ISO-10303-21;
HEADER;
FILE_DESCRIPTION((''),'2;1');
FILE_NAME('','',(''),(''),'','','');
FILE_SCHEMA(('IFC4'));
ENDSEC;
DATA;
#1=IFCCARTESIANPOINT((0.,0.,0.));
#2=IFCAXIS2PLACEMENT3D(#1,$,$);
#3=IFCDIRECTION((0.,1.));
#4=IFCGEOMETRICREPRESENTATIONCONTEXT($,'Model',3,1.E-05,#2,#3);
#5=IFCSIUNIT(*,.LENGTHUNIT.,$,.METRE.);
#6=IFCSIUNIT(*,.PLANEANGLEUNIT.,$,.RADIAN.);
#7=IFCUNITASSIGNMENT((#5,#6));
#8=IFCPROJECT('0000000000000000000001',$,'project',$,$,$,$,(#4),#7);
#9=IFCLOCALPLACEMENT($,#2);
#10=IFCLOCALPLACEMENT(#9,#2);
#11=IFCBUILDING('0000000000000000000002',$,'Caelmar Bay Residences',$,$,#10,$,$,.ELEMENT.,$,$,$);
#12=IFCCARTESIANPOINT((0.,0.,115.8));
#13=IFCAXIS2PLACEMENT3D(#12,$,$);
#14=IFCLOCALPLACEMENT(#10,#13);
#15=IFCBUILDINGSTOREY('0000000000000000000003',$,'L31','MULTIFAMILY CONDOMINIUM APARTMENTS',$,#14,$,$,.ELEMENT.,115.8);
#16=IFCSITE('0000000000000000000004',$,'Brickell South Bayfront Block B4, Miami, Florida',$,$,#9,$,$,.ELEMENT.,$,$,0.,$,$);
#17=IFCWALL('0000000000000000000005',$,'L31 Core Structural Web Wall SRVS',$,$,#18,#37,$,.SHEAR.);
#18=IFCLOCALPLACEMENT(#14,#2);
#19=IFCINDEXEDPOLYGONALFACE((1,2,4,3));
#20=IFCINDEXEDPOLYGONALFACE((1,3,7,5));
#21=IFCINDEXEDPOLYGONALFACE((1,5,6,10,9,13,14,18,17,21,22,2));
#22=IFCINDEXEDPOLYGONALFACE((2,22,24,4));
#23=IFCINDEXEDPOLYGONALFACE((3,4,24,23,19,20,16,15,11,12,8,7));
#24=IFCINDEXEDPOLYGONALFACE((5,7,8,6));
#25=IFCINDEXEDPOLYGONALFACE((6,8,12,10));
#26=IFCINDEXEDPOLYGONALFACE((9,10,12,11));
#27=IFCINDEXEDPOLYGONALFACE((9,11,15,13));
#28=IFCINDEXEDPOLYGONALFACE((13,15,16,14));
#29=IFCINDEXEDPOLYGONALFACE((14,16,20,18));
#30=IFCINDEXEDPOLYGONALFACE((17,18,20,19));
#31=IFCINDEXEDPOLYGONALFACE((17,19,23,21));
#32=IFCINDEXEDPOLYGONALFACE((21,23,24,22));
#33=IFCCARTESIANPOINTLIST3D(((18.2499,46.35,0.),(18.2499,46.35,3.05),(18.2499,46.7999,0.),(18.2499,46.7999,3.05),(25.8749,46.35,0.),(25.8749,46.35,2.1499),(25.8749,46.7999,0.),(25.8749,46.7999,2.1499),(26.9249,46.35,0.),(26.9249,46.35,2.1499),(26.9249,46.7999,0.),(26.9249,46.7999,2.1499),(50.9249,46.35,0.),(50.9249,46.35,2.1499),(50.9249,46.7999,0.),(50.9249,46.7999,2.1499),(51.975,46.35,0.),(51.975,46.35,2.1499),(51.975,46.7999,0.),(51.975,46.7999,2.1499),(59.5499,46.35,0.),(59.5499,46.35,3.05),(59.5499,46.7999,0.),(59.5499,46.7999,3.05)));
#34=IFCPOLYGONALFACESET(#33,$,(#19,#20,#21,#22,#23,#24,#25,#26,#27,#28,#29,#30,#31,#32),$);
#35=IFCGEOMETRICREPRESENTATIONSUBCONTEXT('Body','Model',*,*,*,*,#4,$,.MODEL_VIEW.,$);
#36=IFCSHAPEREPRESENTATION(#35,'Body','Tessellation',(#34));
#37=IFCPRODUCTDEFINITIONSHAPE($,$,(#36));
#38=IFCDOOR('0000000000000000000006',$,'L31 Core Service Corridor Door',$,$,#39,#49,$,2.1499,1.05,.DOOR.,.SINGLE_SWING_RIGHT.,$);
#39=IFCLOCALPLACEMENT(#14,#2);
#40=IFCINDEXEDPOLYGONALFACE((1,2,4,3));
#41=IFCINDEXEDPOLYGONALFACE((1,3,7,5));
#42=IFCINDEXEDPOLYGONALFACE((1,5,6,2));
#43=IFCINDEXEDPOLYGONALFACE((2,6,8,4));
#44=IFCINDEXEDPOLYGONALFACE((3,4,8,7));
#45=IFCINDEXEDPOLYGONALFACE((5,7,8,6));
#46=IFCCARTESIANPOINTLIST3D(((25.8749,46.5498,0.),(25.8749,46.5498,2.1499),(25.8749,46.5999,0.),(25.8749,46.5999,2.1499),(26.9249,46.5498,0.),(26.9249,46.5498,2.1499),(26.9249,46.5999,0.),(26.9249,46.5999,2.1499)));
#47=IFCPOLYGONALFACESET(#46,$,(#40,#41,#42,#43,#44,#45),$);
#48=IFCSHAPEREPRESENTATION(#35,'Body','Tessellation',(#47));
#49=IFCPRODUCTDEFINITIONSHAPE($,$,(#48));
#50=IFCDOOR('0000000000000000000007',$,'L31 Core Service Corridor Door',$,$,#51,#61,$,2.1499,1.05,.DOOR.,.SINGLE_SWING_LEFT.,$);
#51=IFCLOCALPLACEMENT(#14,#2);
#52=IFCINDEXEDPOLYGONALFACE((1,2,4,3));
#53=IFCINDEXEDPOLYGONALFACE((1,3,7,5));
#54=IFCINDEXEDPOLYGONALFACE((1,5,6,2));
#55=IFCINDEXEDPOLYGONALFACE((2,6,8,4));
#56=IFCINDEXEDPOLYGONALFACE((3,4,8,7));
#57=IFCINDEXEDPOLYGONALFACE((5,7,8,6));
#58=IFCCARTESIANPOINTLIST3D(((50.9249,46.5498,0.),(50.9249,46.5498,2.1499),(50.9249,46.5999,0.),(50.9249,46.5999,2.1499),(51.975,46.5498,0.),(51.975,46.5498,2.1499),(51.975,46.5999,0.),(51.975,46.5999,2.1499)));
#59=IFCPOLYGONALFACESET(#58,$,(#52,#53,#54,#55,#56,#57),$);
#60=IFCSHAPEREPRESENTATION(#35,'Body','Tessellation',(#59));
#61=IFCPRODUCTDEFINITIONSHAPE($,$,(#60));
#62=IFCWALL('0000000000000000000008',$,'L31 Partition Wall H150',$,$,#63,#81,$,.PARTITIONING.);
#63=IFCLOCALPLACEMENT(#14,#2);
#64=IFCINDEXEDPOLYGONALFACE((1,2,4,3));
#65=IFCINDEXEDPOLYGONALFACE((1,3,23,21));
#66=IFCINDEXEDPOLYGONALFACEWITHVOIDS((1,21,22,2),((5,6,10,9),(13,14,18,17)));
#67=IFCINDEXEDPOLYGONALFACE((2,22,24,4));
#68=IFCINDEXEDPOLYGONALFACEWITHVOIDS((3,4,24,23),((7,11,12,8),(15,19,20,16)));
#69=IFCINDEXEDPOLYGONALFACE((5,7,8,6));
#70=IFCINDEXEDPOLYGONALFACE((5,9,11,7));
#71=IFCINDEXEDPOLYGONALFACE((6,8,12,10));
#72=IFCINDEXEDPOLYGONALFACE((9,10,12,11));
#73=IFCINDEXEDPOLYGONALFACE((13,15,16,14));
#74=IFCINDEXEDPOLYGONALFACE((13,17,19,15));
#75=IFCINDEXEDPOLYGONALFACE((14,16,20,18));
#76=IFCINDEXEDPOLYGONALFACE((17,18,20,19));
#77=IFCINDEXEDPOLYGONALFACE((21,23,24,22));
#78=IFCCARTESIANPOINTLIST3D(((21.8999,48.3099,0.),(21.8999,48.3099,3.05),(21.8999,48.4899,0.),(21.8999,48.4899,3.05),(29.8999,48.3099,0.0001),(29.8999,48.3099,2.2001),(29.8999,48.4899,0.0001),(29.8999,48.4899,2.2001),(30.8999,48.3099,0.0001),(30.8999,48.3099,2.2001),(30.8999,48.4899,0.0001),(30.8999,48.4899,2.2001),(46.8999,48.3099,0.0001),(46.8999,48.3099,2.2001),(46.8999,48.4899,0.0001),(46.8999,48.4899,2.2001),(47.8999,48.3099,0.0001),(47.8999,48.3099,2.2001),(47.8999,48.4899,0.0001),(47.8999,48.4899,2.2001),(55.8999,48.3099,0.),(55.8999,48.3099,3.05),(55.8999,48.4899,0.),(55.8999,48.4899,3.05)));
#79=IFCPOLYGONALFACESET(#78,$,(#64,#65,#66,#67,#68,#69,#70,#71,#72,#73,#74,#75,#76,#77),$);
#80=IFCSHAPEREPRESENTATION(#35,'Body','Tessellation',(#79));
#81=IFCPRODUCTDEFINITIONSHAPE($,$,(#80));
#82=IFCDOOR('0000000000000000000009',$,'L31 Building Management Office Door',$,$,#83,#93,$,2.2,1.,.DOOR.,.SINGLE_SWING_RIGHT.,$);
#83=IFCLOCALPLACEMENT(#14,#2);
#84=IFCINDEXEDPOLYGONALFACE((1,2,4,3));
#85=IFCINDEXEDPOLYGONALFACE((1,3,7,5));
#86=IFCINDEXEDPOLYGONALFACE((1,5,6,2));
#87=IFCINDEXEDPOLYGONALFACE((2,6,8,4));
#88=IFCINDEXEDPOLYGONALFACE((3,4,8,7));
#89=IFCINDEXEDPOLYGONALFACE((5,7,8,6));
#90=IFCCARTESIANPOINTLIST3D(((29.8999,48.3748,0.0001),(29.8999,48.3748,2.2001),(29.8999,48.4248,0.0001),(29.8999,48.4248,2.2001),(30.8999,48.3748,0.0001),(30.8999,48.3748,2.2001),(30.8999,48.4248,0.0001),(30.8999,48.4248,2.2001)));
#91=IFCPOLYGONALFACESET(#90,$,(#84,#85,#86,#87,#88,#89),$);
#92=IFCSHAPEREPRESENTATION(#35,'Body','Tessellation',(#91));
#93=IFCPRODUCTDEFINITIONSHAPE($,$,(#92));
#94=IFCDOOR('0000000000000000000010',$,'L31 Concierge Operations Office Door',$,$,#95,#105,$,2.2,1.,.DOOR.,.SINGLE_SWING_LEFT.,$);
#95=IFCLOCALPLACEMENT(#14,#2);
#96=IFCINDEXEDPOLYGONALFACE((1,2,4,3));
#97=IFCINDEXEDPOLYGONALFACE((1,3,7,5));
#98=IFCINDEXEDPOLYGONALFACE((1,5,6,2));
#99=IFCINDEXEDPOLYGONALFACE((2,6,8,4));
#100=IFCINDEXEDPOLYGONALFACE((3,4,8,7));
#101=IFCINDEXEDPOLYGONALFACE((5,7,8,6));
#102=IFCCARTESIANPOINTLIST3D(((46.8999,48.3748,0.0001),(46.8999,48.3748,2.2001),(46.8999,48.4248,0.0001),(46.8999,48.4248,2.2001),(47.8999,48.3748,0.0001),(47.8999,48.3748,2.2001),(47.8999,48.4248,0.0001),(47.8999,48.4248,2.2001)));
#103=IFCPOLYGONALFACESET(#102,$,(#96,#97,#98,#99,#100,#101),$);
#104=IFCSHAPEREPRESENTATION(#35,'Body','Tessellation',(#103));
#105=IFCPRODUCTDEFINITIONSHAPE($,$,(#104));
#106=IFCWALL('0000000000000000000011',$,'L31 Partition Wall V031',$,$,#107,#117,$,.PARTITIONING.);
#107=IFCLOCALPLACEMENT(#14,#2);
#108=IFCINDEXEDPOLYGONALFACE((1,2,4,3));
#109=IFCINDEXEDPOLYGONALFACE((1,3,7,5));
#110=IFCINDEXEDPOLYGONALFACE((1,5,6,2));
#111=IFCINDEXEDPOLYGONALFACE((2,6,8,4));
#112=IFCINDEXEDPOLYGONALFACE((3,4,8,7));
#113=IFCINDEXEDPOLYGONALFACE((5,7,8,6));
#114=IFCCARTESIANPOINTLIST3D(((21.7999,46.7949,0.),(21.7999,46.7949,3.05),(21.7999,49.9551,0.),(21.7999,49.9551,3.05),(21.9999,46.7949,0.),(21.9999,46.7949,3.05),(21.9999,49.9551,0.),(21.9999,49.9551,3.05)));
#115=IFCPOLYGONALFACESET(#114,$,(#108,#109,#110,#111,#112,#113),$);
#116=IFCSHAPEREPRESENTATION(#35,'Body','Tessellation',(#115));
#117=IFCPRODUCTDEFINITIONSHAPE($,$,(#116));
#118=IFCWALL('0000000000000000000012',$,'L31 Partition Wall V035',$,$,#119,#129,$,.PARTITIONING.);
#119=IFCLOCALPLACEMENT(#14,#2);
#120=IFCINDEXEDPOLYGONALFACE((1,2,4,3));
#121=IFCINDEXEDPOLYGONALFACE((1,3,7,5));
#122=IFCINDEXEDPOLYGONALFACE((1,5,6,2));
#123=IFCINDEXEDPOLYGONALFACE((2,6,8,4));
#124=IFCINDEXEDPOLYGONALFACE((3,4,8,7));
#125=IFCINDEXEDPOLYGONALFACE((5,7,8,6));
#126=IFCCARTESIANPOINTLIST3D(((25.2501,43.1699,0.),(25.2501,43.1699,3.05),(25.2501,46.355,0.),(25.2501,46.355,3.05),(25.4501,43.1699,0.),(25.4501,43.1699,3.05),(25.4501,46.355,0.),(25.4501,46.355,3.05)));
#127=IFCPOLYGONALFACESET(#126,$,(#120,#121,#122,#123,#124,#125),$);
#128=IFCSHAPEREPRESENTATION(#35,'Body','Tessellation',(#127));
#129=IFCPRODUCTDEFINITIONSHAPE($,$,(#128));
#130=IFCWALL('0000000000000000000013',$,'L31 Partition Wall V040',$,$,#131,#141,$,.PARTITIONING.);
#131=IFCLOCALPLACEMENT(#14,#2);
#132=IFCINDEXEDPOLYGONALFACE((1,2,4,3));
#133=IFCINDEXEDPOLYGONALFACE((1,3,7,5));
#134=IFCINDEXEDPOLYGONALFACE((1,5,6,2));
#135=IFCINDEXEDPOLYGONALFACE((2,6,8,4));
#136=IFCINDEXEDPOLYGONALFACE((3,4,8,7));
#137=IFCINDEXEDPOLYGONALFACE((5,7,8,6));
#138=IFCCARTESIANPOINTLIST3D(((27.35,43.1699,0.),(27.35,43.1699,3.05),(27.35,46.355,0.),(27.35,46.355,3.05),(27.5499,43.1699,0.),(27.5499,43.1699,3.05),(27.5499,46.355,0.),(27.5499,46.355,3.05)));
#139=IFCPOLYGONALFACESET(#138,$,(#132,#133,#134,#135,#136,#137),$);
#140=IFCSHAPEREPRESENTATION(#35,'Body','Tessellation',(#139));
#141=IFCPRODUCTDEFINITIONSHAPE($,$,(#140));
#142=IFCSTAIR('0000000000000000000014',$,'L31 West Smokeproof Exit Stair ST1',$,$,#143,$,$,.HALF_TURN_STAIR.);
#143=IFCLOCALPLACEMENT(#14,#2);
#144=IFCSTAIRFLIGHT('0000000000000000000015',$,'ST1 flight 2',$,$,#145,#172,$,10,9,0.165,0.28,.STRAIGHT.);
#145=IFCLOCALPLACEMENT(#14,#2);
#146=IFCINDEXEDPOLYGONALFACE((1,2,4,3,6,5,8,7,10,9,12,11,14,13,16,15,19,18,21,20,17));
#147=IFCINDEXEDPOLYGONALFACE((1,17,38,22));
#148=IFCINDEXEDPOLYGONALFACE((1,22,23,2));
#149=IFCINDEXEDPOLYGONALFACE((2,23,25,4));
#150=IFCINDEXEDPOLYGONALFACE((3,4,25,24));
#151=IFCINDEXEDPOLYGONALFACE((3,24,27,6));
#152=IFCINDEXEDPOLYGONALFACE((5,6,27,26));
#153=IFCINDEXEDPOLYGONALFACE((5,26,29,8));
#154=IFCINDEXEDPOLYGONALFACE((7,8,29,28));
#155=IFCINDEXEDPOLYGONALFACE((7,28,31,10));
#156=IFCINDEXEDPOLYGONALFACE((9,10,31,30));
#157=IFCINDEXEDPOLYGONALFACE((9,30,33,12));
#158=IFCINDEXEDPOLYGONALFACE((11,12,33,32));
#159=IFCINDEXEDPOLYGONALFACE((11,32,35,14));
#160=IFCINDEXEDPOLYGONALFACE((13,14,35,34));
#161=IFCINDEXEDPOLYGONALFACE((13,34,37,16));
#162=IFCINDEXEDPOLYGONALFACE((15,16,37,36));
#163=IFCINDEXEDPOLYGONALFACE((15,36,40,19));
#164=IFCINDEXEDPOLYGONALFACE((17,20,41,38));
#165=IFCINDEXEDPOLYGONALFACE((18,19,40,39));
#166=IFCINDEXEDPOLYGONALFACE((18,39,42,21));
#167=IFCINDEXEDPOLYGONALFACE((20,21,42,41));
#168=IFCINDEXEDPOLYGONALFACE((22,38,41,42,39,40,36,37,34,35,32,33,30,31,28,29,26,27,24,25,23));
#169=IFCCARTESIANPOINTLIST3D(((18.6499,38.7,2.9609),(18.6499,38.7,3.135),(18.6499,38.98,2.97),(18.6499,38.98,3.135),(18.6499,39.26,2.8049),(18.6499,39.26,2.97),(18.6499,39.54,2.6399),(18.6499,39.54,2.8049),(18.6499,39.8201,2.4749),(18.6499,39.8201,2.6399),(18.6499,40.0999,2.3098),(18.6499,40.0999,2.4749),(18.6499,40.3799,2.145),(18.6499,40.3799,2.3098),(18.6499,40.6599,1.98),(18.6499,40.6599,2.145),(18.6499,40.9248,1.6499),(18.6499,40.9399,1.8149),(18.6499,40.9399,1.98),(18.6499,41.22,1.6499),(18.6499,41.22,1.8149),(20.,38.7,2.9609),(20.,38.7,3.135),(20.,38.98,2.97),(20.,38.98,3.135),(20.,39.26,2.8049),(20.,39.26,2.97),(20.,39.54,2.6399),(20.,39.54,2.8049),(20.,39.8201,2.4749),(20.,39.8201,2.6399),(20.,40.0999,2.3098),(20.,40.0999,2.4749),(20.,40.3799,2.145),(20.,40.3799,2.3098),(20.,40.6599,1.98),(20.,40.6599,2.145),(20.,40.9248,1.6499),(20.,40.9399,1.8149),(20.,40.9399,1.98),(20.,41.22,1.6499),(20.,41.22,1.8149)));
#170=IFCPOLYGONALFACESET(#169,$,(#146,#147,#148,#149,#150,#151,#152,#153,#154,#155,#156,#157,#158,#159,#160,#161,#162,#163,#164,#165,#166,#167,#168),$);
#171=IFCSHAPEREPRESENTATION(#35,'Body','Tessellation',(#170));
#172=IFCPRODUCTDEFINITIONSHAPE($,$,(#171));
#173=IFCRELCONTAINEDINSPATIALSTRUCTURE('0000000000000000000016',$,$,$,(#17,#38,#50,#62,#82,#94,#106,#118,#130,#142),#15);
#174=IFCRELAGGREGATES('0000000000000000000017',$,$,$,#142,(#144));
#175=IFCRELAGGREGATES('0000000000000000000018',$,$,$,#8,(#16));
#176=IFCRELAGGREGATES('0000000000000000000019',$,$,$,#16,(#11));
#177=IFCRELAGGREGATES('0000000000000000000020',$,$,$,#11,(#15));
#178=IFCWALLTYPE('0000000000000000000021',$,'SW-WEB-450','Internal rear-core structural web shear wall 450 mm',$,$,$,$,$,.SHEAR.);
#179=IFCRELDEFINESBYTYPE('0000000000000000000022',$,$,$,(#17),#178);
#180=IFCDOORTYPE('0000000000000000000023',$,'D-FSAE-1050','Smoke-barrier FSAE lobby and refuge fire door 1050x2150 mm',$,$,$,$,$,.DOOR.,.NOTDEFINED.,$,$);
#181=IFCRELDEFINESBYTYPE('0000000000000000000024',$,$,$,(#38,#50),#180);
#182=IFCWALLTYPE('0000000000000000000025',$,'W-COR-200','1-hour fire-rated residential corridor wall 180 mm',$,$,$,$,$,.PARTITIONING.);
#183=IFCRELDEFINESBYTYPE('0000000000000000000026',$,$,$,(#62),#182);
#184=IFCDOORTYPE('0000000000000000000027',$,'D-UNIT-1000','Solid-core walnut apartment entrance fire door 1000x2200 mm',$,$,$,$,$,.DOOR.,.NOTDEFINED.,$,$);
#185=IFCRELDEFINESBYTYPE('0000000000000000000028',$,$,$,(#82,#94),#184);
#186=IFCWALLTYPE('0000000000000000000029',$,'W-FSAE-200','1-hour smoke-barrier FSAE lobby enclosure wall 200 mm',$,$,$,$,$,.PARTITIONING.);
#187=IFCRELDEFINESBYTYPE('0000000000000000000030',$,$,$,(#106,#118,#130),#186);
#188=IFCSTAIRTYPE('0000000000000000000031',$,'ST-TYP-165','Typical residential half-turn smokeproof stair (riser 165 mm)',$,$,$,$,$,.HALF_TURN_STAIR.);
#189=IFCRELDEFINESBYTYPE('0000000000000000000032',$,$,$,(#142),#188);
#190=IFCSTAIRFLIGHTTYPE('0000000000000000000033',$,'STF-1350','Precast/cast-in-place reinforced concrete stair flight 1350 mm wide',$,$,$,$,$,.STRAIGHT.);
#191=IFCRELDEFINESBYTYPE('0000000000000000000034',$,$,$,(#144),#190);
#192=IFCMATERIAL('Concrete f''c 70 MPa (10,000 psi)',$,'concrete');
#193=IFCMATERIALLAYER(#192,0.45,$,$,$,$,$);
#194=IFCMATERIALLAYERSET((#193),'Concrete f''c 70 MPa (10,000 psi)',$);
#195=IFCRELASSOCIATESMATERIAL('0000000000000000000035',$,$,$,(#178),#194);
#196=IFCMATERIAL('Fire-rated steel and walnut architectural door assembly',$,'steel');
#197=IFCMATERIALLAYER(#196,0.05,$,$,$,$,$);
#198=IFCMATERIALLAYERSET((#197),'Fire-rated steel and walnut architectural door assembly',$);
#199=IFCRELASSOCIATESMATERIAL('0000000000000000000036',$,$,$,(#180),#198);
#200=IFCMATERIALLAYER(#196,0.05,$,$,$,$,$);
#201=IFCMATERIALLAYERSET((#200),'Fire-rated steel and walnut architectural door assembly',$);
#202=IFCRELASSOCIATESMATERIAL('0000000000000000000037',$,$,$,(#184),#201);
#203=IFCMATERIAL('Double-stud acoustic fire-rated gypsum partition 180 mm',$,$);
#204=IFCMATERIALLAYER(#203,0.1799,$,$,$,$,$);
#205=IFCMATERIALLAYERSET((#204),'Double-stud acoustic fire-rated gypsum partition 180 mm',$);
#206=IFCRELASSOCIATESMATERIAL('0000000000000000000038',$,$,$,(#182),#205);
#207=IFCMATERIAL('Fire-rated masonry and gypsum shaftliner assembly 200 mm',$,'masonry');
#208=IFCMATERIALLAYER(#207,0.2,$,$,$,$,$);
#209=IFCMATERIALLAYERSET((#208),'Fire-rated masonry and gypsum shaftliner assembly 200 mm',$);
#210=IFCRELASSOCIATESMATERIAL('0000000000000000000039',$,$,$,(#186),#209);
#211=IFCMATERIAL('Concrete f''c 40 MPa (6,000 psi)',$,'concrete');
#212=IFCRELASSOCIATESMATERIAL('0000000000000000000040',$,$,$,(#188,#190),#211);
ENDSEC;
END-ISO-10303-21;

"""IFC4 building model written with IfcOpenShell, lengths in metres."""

from ifc_helpers import new_model, si_unit, direction, frame, frame_2d, origin, place, context, subcontext, project, spatial, polyline, rectangle, outline, extrude, material, layer, layer_set, type_object, element, fill, aggregate, save


model = new_model("IFC4")

# Units and contexts
model_context = context("Model", 3, precision=1e-05, world=origin(), true_north=direction((0.0, 1.0)))
body_context = subcontext(model_context, "Body", "Model", "MODEL_VIEW")
ifc_project = project(units=[si_unit("LENGTHUNIT", "METRE"), si_unit("PLANEANGLEUNIT", "RADIAN")], contexts=[model_context])

# Site, building, storey
site_placement = place(None, origin())
site = spatial("IfcSite", under=ifc_project, at=site_placement, Name="Brickell South Bayfront Block B4, Miami, Florida", CompositionType="ELEMENT", RefElevation=0.0)
building_placement = place(site_placement, origin())
building = spatial("IfcBuilding", under=site, at=building_placement, Name="Caelmar Bay Residences", CompositionType="ELEMENT")
storey_placement = place(building_placement, frame((0.0, 0.0, 115.8)))
storey = spatial("IfcBuildingStorey", under=building, at=storey_placement, Name="L31", Description="MULTIFAMILY CONDOMINIUM APARTMENTS", CompositionType="ELEMENT", Elevation=115.8)

# Walls, openings, doors
ifc_material_1 = material(Name="Concrete f'c 70 MPa (10,000 psi)", Category="concrete")
ifc_layer_1 = layer(ifc_material_1, 0.45)
ifc_layer_set_1 = layer_set([ifc_layer_1], Name="Concrete f'c 70 MPa (10,000 psi)")
wall_type_1 = type_object("IfcWallType", Name="SW-WEB-450", Description="Internal rear-core structural web shear wall 450 mm", PredefinedType="SHEAR", material=ifc_layer_set_1)
ifc_material_2 = material(Name="Fire-rated steel and walnut architectural door assembly", Category="steel")
ifc_layer_2 = layer(ifc_material_2, 0.05)
ifc_layer_set_2 = layer_set([ifc_layer_2], Name="Fire-rated steel and walnut architectural door assembly")
door_type_1 = type_object("IfcDoorType", Name="D-FSAE-1050", Description="Smoke-barrier FSAE lobby and refuge fire door 1050x2150 mm", OperationType="NOTDEFINED", PredefinedType="DOOR", material=ifc_layer_set_2)
ifc_layer_3 = layer(ifc_material_2, 0.05)
ifc_layer_set_3 = layer_set([ifc_layer_3], Name="Fire-rated steel and walnut architectural door assembly")
door_type_2 = type_object("IfcDoorType", Name="D-UNIT-1000", Description="Solid-core walnut apartment entrance fire door 1000x2200 mm", OperationType="NOTDEFINED", PredefinedType="DOOR", material=ifc_layer_set_3)
wall_1_placement = place(storey_placement, frame((18.25, 46.575, 0.0), z_axis=(0.0, 0.0, 1.0), x_axis=(1.0, 0.0, 0.0)))
wall_1 = element("IfcWall", 1, at=wall_1_placement, inside=storey, type_object=wall_type_1, Name="L31 Core Structural Web Wall SRVS", PredefinedType="SHEAR", context=body_context, shape_type="SweptSolid", body=[
    extrude(rectangle(XDim=41.3, YDim=0.45, at=frame_2d((20.6499, 0.0))), origin(), (0.0, 0.0, 1.0), 3.05),
])
opening_1_placement = place(wall_1_placement, frame((7.625, 0.0, 0.0)))
opening_1 = element("IfcOpeningElement", 2, at=opening_1_placement, cuts=wall_1, PredefinedType="OPENING", context=body_context, shape_type="SweptSolid", body=[
    extrude(rectangle(XDim=1.05, YDim=2.1499, at=frame_2d((0.5249, 1.075))), frame((0.0, 0.2349, 0.0), z_axis=(0.0, -1.0, 0.0), x_axis=(1.0, 0.0, 0.0)), (0.0, 0.0, 1.0), 0.47),
])
opening_2_placement = place(wall_1_placement, frame((32.675, 0.0, 0.0)))
opening_2 = element("IfcOpeningElement", 3, at=opening_2_placement, cuts=wall_1, PredefinedType="OPENING", context=body_context, shape_type="SweptSolid", body=[
    extrude(rectangle(XDim=1.05, YDim=2.1499, at=frame_2d((0.5249, 1.075))), frame((0.0, 0.2349, 0.0), z_axis=(0.0, -1.0, 0.0), x_axis=(1.0, 0.0, 0.0)), (0.0, 0.0, 1.0), 0.47),
])
door_1_placement = place(opening_1_placement, origin())
door_1 = element("IfcDoor", 4, at=door_1_placement, inside=storey, type_object=door_type_1, Name="L31 Core Service Corridor Door", OperationType="SINGLE_SWING_RIGHT", OverallHeight=2.1499, OverallWidth=1.05, PredefinedType="DOOR", context=body_context, shape_type="SweptSolid", body=[
    extrude(rectangle(XDim=1.05, YDim=2.1499, at=frame_2d((0.5249, 1.075))), frame((0.0, 0.0249, 0.0), z_axis=(0.0, -1.0, 0.0), x_axis=(1.0, 0.0, 0.0)), (0.0, 0.0, 1.0), 0.05),
])
fill(opening_1, door_1)
door_2_placement = place(opening_2_placement, origin())
door_2 = element("IfcDoor", 5, at=door_2_placement, inside=storey, type_object=door_type_1, Name="L31 Core Service Corridor Door", OperationType="SINGLE_SWING_LEFT", OverallHeight=2.1499, OverallWidth=1.05, PredefinedType="DOOR", context=body_context, shape_type="SweptSolid", body=[
    extrude(rectangle(XDim=1.05, YDim=2.1499, at=frame_2d((0.5249, 1.075))), frame((0.0, 0.0249, 0.0), z_axis=(0.0, -1.0, 0.0), x_axis=(1.0, 0.0, 0.0)), (0.0, 0.0, 1.0), 0.05),
])
fill(opening_2, door_2)
ifc_material_3 = material(Name="Double-stud acoustic fire-rated gypsum partition 180 mm")
ifc_layer_4 = layer(ifc_material_3, 0.1799)
ifc_layer_set_4 = layer_set([ifc_layer_4], Name="Double-stud acoustic fire-rated gypsum partition 180 mm")
wall_type_2 = type_object("IfcWallType", Name="W-COR-200", Description="1-hour fire-rated residential corridor wall 180 mm", PredefinedType="PARTITIONING", material=ifc_layer_set_4)
wall_2_placement = place(storey_placement, frame((21.8999, 48.3999, 0.0), z_axis=(0.0, 0.0, 1.0), x_axis=(1.0, 0.0, 0.0)))
wall_2 = element("IfcWall", 6, at=wall_2_placement, inside=storey, type_object=wall_type_2, Name="L31 Partition Wall H150", PredefinedType="PARTITIONING", context=body_context, shape_type="SweptSolid", body=[
    extrude(rectangle(XDim=34.0, YDim=0.1799, at=frame_2d((17.0, 0.0))), origin(), (0.0, 0.0, 1.0), 3.05),
])
opening_3_placement = place(wall_2_placement, frame((8.0, 0.0, 0.0)))
opening_3 = element("IfcOpeningElement", 7, at=opening_3_placement, cuts=wall_2, PredefinedType="OPENING", context=body_context, shape_type="SweptSolid", body=[
    extrude(rectangle(XDim=1.0, YDim=2.2, at=frame_2d((0.5, 1.1001))), frame((0.0, 0.0999, 0.0), z_axis=(0.0, -1.0, 0.0), x_axis=(1.0, 0.0, 0.0)), (0.0, 0.0, 1.0), 0.2),
])
opening_4_placement = place(wall_2_placement, frame((25.0, 0.0, 0.0)))
opening_4 = element("IfcOpeningElement", 8, at=opening_4_placement, cuts=wall_2, PredefinedType="OPENING", context=body_context, shape_type="SweptSolid", body=[
    extrude(rectangle(XDim=1.0, YDim=2.2, at=frame_2d((0.5, 1.1001))), frame((0.0, 0.0999, 0.0), z_axis=(0.0, -1.0, 0.0), x_axis=(1.0, 0.0, 0.0)), (0.0, 0.0, 1.0), 0.2),
])
door_3_placement = place(opening_3_placement, origin())
door_3 = element("IfcDoor", 9, at=door_3_placement, inside=storey, type_object=door_type_2, Name="L31 Building Management Office Door", OperationType="SINGLE_SWING_RIGHT", OverallHeight=2.2, OverallWidth=1.0, PredefinedType="DOOR", context=body_context, shape_type="SweptSolid", body=[
    extrude(rectangle(XDim=1.0, YDim=2.2, at=frame_2d((0.5, 1.1001))), frame((0.0, 0.0249, 0.0), z_axis=(0.0, -1.0, 0.0), x_axis=(1.0, 0.0, 0.0)), (0.0, 0.0, 1.0), 0.05),
])
fill(opening_3, door_3)
door_4_placement = place(opening_4_placement, origin())
door_4 = element("IfcDoor", 10, at=door_4_placement, inside=storey, type_object=door_type_2, Name="L31 Concierge Operations Office Door", OperationType="SINGLE_SWING_LEFT", OverallHeight=2.2, OverallWidth=1.0, PredefinedType="DOOR", context=body_context, shape_type="SweptSolid", body=[
    extrude(rectangle(XDim=1.0, YDim=2.2, at=frame_2d((0.5, 1.1001))), frame((0.0, 0.0249, 0.0), z_axis=(0.0, -1.0, 0.0), x_axis=(1.0, 0.0, 0.0)), (0.0, 0.0, 1.0), 0.05),
])
fill(opening_4, door_4)

# Walls
ifc_material_4 = material(Name="Fire-rated masonry and gypsum shaftliner assembly 200 mm", Category="masonry")
ifc_layer_5 = layer(ifc_material_4, 0.2)
ifc_layer_set_5 = layer_set([ifc_layer_5], Name="Fire-rated masonry and gypsum shaftliner assembly 200 mm")
wall_type_3 = type_object("IfcWallType", Name="W-FSAE-200", Description="1-hour smoke-barrier FSAE lobby enclosure wall 200 mm", PredefinedType="PARTITIONING", material=ifc_layer_set_5)
wall_3_placement = place(storey_placement, frame((21.8999, 46.7949, 0.0), z_axis=(0.0, 0.0, 1.0), x_axis=(0.0, 1.0, 0.0)))
element("IfcWall", 11, at=wall_3_placement, inside=storey, type_object=wall_type_3, Name="L31 Partition Wall V031", PredefinedType="PARTITIONING", context=body_context, shape_type="SweptSolid", body=[
    extrude(rectangle(XDim=3.1602, YDim=0.2, at=frame_2d((1.5801, 0.0))), origin(), (0.0, 0.0, 1.0), 3.05),
])
for number, where, z_axis, x_axis, name in (
    (12, (25.3501, 43.1699, 0.0), (0.0, 0.0, 1.0), (0.0, 1.0, 0.0), "L31 Partition Wall V035"),
    (13, (27.45, 43.1699, 0.0), (0.0, 0.0, 1.0), (0.0, 1.0, 0.0), "L31 Partition Wall V040"),
):
    element("IfcWall", number, at=place(storey_placement, frame(where, z_axis=z_axis, x_axis=x_axis)), inside=storey, type_object=wall_type_3, Name=name, PredefinedType="PARTITIONING", context=body_context, shape_type="SweptSolid", body=[
        extrude(rectangle(XDim=3.1851, YDim=0.2, at=frame_2d((1.5925, 0.0))), origin(), (0.0, 0.0, 1.0), 3.05),
    ])

# Stair, stair flight
ifc_material_5 = material(Name="Concrete f'c 40 MPa (6,000 psi)", Category="concrete")
stair_type = type_object("IfcStairType", Name="ST-TYP-165", Description="Typical residential half-turn smokeproof stair (riser 165 mm)", PredefinedType="HALF_TURN_STAIR", material=ifc_material_5)
stair_1_placement = place(storey_placement, origin())
stair_1 = element("IfcStair", 14, at=stair_1_placement, inside=storey, type_object=stair_type, Name="L31 West Smokeproof Exit Stair ST1", PredefinedType="HALF_TURN_STAIR")
stair_flight_type = type_object("IfcStairFlightType", Name="STF-1350", Description="Precast/cast-in-place reinforced concrete stair flight 1350 mm wide", PredefinedType="STRAIGHT", material=ifc_material_5)
stair_flight_1_placement = place(storey_placement, frame((19.325, 41.22, 1.6499), z_axis=(0.0, 0.0, 1.0), x_axis=(0.0, -1.0, 0.0)))
stair_flight_1 = element("IfcStairFlight", 15, at=stair_flight_1_placement, type_object=stair_flight_type, Name="ST1 flight 2", NumberOfRisers=10, NumberOfTreads=9, PredefinedType="STRAIGHT", RiserHeight=0.165, TreadLength=0.28, context=body_context, shape_type="SweptSolid", body=[
    extrude(outline(polyline([(0.0, 0.0), (0.0, 0.165), (0.28, 0.165), (0.28, 0.3301), (0.5601, 0.3301), (0.5601, 0.4951), (0.8401, 0.4951), (0.8401, 0.6599), (1.1201, 0.6599), (1.1201, 0.825), (1.3999, 0.825), (1.3999, 0.99), (1.6799, 0.99), (1.6799, 1.155), (1.96, 1.155), (1.96, 1.3201), (2.24, 1.3201), (2.24, 1.4851), (2.52, 1.4851), (2.52, 1.6499), (2.52, 1.311), (0.2952, 0.0), (0.0, 0.0)])), frame((0.0, 0.675, 0.0), z_axis=(0.0, -1.0, 0.0), x_axis=(1.0, 0.0, 0.0)), (0.0, 0.0, 1.0), 1.3501),
])
aggregate(stair_1, [stair_flight_1])

save(model, "model.ifc")
